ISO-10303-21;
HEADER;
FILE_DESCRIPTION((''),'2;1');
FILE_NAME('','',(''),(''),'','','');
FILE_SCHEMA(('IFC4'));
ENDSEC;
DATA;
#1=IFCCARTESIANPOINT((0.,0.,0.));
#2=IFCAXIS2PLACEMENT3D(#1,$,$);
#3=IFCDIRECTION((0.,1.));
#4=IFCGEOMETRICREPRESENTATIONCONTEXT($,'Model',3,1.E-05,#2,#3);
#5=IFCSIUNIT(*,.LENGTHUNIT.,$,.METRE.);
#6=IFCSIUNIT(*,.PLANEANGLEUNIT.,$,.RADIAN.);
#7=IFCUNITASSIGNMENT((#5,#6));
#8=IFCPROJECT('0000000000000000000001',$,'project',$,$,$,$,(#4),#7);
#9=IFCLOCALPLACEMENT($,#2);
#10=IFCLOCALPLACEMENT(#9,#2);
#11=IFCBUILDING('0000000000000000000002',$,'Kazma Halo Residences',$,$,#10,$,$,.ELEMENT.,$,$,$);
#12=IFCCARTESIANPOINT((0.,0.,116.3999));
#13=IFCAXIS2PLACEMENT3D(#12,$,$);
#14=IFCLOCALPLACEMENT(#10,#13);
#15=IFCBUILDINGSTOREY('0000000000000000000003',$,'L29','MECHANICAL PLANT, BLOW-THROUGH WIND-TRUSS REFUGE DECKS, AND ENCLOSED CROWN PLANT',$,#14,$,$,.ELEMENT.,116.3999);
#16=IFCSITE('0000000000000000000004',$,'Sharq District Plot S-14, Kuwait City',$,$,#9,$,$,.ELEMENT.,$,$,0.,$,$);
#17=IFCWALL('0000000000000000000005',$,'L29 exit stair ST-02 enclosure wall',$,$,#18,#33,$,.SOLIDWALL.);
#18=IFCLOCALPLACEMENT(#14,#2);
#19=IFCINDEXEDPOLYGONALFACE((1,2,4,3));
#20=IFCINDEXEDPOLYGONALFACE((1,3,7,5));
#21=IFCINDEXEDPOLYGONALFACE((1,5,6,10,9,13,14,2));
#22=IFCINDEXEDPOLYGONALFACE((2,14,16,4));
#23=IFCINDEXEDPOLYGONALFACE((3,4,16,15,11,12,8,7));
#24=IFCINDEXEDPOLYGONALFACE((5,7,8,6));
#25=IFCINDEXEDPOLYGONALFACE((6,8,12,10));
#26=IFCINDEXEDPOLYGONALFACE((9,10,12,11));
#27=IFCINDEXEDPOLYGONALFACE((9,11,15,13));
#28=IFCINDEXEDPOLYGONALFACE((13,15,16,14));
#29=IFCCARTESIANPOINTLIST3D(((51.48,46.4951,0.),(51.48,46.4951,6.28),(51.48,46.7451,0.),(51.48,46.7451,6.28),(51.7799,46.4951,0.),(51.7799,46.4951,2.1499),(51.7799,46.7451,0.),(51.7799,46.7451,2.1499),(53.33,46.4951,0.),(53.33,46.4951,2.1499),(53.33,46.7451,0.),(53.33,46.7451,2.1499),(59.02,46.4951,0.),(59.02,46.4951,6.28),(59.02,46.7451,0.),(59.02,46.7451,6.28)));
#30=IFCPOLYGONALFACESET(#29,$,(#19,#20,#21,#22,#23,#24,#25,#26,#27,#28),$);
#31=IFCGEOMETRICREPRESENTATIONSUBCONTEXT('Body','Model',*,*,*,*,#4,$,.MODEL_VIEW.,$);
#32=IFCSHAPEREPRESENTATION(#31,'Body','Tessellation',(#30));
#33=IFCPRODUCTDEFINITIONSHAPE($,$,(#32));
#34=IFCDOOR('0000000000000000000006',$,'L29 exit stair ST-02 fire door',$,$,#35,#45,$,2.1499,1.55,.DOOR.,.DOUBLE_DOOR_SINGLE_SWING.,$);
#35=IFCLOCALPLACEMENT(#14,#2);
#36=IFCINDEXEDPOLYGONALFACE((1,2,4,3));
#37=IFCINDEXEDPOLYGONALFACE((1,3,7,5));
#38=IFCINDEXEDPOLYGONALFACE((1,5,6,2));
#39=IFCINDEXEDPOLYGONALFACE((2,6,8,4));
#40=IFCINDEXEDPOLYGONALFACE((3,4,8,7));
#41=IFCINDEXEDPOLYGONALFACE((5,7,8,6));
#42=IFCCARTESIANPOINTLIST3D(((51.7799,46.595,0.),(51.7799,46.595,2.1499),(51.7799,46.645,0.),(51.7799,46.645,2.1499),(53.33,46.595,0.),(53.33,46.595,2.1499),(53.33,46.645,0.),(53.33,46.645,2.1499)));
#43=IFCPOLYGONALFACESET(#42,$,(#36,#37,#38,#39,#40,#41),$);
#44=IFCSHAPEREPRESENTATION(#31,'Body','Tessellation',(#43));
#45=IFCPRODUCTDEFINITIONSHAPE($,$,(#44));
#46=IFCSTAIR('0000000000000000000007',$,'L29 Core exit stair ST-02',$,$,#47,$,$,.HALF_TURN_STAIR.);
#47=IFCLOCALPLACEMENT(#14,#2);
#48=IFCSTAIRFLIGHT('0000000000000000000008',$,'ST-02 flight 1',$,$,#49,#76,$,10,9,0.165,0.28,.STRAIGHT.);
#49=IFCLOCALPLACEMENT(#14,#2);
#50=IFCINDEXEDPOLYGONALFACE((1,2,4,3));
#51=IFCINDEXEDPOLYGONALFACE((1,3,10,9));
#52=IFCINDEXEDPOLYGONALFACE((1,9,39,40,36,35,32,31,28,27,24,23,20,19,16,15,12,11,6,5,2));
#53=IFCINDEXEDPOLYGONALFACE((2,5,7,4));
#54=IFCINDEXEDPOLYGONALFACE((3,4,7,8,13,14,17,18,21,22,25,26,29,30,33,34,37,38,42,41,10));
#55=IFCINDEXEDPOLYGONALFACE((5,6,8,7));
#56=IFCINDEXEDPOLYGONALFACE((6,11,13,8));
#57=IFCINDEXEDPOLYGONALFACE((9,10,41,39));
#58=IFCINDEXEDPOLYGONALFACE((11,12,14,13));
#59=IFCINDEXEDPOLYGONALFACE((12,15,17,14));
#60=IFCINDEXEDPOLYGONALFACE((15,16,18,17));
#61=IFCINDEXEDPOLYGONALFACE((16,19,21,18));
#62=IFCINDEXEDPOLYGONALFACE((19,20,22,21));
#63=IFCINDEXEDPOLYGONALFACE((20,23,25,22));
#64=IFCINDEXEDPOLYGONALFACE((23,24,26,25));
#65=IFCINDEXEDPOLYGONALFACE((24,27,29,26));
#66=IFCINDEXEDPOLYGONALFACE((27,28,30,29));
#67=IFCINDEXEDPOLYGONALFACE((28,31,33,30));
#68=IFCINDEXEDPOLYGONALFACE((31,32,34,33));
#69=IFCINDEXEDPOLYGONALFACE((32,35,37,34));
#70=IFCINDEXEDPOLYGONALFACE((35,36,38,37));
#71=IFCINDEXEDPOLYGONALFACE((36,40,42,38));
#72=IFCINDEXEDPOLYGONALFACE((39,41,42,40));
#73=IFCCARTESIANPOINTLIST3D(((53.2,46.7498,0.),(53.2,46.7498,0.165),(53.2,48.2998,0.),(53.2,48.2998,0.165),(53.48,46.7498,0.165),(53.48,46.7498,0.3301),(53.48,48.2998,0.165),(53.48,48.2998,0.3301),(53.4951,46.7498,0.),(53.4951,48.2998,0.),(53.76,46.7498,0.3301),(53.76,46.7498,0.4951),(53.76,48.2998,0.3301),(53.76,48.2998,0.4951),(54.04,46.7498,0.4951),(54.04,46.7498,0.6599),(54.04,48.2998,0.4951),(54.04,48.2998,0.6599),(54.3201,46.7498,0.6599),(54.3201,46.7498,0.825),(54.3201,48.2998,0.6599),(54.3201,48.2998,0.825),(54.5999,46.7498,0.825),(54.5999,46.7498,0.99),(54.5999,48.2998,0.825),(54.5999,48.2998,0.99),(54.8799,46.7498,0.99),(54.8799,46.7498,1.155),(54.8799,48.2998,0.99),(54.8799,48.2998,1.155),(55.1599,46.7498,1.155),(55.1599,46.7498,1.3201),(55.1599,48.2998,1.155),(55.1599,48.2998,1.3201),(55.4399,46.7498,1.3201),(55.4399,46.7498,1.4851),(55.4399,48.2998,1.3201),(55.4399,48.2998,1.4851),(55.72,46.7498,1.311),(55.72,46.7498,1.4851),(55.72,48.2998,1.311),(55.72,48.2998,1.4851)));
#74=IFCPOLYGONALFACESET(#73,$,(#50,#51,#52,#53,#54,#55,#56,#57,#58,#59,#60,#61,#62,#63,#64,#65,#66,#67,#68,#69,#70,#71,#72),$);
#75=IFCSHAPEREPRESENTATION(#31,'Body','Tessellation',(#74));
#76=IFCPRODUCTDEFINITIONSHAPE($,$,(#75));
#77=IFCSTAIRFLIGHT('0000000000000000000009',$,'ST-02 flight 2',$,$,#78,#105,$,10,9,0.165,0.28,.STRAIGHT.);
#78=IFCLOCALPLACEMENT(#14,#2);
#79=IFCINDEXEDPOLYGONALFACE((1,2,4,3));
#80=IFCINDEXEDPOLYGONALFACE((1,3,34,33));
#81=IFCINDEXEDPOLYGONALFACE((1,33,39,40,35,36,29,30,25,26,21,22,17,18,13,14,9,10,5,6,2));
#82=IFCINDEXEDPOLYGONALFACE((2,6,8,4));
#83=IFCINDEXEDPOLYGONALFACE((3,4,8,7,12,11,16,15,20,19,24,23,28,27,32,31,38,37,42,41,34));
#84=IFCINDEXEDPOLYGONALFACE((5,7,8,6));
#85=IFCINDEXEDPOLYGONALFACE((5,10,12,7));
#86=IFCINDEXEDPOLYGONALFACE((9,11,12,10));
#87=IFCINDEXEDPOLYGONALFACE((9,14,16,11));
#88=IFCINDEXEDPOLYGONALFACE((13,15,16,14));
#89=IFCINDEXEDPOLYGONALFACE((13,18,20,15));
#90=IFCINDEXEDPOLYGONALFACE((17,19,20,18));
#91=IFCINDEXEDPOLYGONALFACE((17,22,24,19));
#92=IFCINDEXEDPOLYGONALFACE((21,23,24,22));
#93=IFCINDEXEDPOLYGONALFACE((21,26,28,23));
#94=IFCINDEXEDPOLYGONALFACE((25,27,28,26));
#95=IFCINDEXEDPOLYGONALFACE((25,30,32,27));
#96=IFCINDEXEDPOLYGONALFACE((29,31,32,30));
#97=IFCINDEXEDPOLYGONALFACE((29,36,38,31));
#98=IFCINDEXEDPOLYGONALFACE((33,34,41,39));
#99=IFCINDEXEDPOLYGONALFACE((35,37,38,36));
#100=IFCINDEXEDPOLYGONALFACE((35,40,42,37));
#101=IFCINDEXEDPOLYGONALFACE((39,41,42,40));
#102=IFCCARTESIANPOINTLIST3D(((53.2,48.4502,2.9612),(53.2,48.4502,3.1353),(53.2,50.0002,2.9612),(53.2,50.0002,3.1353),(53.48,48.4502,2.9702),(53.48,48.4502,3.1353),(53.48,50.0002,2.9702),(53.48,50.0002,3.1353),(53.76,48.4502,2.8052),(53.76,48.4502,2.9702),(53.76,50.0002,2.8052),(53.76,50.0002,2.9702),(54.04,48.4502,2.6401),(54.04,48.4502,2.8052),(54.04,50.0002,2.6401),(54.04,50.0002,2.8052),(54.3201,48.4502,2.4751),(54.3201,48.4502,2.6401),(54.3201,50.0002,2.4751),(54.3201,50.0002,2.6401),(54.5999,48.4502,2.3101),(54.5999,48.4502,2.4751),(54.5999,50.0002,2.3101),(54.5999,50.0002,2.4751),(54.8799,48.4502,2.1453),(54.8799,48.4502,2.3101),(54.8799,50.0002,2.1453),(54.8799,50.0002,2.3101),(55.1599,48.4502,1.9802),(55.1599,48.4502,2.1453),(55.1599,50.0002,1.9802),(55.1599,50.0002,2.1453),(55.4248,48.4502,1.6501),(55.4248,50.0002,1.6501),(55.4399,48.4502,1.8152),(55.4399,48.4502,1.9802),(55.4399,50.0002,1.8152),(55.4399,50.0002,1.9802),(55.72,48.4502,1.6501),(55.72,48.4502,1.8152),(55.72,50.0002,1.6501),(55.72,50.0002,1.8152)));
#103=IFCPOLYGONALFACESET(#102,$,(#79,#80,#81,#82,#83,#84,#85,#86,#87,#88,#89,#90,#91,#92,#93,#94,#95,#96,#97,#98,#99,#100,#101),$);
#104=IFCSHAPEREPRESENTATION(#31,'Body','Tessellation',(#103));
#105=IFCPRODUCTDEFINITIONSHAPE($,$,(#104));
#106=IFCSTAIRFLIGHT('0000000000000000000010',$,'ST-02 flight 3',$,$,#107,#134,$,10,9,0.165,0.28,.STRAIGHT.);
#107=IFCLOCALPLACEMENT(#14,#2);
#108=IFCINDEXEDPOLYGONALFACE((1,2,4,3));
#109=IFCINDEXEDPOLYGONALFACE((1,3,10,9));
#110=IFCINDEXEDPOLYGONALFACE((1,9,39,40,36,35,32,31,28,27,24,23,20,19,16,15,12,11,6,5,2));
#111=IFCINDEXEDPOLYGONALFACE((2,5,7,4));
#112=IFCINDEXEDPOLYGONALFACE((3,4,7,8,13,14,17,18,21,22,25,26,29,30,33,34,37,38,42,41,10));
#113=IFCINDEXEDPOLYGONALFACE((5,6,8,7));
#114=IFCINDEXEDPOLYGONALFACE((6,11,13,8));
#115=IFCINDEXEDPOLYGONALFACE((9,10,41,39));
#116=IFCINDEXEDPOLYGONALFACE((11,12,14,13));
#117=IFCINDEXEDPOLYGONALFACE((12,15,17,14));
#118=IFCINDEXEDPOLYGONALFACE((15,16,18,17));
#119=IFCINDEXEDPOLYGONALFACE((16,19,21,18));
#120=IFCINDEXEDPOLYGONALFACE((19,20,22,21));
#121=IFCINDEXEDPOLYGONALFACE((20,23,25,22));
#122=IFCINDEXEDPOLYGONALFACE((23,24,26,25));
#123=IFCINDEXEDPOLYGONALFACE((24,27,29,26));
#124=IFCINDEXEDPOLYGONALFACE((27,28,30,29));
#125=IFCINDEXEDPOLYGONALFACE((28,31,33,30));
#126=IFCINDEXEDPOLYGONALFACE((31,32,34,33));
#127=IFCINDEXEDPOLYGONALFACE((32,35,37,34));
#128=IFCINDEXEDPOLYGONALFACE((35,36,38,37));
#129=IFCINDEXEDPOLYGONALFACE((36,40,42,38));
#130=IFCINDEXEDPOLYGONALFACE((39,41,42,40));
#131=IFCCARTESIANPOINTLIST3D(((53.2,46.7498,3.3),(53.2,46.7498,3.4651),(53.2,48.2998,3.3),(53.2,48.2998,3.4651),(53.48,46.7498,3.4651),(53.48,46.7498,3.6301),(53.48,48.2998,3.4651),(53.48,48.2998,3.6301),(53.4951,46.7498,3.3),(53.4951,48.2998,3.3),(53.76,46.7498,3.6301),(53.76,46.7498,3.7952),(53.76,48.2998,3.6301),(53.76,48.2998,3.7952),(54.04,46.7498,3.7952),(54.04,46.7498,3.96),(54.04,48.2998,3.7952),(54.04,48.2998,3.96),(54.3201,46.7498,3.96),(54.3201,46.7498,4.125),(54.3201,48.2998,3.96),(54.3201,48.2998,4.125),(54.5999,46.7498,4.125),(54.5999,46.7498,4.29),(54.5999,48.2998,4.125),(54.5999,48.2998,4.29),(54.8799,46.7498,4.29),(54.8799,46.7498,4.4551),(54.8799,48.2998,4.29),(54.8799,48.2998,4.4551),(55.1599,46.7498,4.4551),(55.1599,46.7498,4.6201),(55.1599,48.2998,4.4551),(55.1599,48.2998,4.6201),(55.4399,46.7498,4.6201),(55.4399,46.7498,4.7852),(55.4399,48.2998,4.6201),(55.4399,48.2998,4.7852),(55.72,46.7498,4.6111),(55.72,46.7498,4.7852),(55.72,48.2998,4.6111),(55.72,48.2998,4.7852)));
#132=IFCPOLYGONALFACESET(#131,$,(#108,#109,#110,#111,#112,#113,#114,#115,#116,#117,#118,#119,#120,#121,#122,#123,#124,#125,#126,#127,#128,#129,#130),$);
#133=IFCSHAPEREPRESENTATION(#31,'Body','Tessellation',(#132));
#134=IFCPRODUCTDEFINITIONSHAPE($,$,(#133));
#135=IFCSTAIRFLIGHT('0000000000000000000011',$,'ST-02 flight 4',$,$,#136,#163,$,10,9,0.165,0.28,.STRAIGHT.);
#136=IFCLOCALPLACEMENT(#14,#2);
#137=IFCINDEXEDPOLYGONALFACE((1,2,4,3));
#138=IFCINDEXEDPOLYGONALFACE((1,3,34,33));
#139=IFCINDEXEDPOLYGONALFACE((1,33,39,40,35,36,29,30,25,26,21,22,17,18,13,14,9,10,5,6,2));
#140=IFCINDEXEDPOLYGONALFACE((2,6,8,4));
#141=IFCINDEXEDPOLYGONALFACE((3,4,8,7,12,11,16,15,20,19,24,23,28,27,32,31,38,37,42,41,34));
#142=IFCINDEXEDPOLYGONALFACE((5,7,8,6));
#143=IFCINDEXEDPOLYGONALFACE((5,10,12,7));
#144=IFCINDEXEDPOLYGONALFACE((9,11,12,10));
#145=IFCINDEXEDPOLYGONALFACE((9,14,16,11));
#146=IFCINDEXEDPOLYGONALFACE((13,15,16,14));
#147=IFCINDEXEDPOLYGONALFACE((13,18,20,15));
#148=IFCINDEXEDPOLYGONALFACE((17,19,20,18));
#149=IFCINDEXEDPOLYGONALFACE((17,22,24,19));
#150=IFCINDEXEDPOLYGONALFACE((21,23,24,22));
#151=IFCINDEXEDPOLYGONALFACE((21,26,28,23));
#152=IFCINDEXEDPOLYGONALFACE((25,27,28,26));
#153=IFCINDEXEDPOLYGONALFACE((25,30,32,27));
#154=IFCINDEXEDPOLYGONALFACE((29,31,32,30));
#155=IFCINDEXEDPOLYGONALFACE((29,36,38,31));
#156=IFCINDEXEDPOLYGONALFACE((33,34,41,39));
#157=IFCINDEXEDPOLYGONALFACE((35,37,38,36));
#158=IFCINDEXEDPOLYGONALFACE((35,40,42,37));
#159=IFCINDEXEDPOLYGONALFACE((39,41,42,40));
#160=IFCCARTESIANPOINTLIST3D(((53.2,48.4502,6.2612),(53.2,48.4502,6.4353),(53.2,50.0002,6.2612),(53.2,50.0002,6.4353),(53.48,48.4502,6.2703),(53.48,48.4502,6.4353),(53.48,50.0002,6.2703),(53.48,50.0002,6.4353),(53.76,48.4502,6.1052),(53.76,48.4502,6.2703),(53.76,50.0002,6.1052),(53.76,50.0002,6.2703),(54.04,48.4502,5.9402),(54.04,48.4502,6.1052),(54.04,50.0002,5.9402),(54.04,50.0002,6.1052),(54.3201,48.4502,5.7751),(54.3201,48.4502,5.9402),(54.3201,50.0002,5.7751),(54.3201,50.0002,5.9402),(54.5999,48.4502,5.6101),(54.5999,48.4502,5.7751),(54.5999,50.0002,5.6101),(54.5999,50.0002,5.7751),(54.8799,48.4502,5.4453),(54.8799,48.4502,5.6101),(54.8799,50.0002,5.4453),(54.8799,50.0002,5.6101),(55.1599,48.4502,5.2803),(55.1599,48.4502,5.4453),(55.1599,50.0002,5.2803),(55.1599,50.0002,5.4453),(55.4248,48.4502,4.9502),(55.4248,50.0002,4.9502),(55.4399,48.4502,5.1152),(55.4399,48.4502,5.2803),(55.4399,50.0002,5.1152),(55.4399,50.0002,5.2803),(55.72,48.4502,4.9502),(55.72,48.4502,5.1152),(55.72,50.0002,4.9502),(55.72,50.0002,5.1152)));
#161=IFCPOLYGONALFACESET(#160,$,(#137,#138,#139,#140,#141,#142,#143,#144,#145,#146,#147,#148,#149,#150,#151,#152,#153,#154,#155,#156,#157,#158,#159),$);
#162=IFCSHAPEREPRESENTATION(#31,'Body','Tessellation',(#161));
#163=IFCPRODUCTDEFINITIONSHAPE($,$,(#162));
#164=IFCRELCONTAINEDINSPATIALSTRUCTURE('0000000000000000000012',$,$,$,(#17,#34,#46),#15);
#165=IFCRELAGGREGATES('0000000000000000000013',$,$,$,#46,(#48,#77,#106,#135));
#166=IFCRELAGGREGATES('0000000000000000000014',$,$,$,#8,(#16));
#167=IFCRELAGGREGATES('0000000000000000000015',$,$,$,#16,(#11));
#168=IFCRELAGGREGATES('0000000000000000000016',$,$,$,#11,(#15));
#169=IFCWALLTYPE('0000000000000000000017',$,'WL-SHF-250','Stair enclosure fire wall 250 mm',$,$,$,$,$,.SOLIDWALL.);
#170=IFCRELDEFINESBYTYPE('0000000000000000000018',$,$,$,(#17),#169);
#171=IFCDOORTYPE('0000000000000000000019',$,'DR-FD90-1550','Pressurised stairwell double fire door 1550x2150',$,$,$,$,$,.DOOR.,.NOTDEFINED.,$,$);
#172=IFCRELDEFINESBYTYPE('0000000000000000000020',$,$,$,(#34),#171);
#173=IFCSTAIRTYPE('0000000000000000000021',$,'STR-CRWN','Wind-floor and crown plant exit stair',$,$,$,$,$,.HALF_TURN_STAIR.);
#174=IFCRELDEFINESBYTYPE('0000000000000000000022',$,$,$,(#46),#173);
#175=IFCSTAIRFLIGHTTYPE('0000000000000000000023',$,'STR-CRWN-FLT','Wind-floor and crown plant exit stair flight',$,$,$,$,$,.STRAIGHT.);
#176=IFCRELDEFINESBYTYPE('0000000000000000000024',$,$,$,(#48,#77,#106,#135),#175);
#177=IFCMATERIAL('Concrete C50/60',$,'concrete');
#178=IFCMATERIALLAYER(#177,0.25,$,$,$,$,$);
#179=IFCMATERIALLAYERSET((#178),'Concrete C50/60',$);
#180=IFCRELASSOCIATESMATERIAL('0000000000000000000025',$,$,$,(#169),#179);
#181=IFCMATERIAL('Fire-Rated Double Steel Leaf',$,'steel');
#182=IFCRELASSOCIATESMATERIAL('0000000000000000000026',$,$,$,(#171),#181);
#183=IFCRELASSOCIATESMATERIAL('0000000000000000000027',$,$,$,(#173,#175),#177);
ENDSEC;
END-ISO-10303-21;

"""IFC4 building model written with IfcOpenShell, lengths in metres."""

from ifc_helpers import new_model, si_unit, direction, frame, frame_2d, origin, place, context, subcontext, project, spatial, polyline, rectangle, outline, extrude, material, layer, layer_set, type_object, element, fill, aggregate, save


model = new_model("IFC4")

# Units and contexts
model_context = context("Model", 3, precision=1e-05, world=origin(), true_north=direction((0.0, 1.0)))
body_context = subcontext(model_context, "Body", "Model", "MODEL_VIEW")
ifc_project = project(units=[si_unit("LENGTHUNIT", "METRE"), si_unit("PLANEANGLEUNIT", "RADIAN")], contexts=[model_context])

# Site, building, storey
site_placement = place(None, origin())
site = spatial("IfcSite", under=ifc_project, at=site_placement, Name="Sharq District Plot S-14, Kuwait City", CompositionType="ELEMENT", RefElevation=0.0)
building_placement = place(site_placement, origin())
building = spatial("IfcBuilding", under=site, at=building_placement, Name="Kazma Halo Residences", CompositionType="ELEMENT")
storey_placement = place(building_placement, frame((0.0, 0.0, 116.3999)))
storey = spatial("IfcBuildingStorey", under=building, at=storey_placement, Name="L29", Description="MECHANICAL PLANT, BLOW-THROUGH WIND-TRUSS REFUGE DECKS, AND ENCLOSED CROWN PLANT", CompositionType="ELEMENT", Elevation=116.3999)

# Wall, opening, door
ifc_material_1 = material(Name="Concrete C50/60", Category="concrete")
ifc_layer_1 = layer(ifc_material_1, 0.25)
ifc_layer_set_1 = layer_set([ifc_layer_1], Name="Concrete C50/60")
wall_type_1 = type_object("IfcWallType", Name="WL-SHF-250", Description="Stair enclosure fire wall 250 mm", PredefinedType="SOLIDWALL", material=ifc_layer_set_1)
wall_1_placement = place(storey_placement, frame((51.48, 46.6201, 0.0), z_axis=(0.0, 0.0, 1.0), x_axis=(1.0, 0.0, 0.0)))
wall_1 = element("IfcWall", 1, at=wall_1_placement, inside=storey, type_object=wall_type_1, Name="L29 exit stair ST-02 enclosure wall", PredefinedType="SOLIDWALL", context=body_context, shape_type="SweptSolid", body=[
    extrude(rectangle(XDim=7.54, YDim=0.25, at=frame_2d((3.77, 0.0))), origin(), (0.0, 0.0, 1.0), 6.28),
])
opening_1_placement = place(wall_1_placement, frame((0.3, 0.0, 0.0)))
opening_1 = element("IfcOpeningElement", 2, at=opening_1_placement, cuts=wall_1, PredefinedType="OPENING", context=body_context, shape_type="SweptSolid", body=[
    extrude(rectangle(XDim=1.55, YDim=2.1499, at=frame_2d((0.7749, 1.075))), frame((0.0, 0.135, 0.0), z_axis=(0.0, -1.0, 0.0), x_axis=(1.0, 0.0, 0.0)), (0.0, 0.0, 1.0), 0.27),
])
ifc_material_2 = material(Name="Fire-Rated Double Steel Leaf", Category="steel")
door_type_1 = type_object("IfcDoorType", Name="DR-FD90-1550", Description="Pressurised stairwell double fire door 1550x2150", OperationType="NOTDEFINED", PredefinedType="DOOR", material=ifc_material_2)
door_1_placement = place(opening_1_placement, origin())
door_1 = element("IfcDoor", 3, at=door_1_placement, inside=storey, type_object=door_type_1, Name="L29 exit stair ST-02 fire door", OperationType="DOUBLE_DOOR_SINGLE_SWING", OverallHeight=2.1499, OverallWidth=1.55, PredefinedType="DOOR", context=body_context, shape_type="SweptSolid", body=[
    extrude(rectangle(XDim=1.55, YDim=2.1499, at=frame_2d((0.7749, 1.075))), frame((0.0, 0.0249, 0.0), z_axis=(0.0, -1.0, 0.0), x_axis=(1.0, 0.0, 0.0)), (0.0, 0.0, 1.0), 0.05),
])
fill(opening_1, door_1)

# Stair, stair flights
stair_type = type_object("IfcStairType", Name="STR-CRWN", Description="Wind-floor and crown plant exit stair", PredefinedType="HALF_TURN_STAIR", material=ifc_material_1)
stair_placement = place(storey_placement, origin())
stair = element("IfcStair", 4, at=stair_placement, inside=storey, type_object=stair_type, Name="L29 Core exit stair ST-02", PredefinedType="HALF_TURN_STAIR")
stair_flight_type = type_object("IfcStairFlightType", Name="STR-CRWN-FLT", Description="Wind-floor and crown plant exit stair flight", PredefinedType="STRAIGHT", material=ifc_material_1)
stair_flight_1_placement = place(storey_placement, frame((53.2, 47.5249, 0.0), z_axis=(0.0, 0.0, 1.0), x_axis=(1.0, 0.0, 0.0)))
stair_flight_1 = element("IfcStairFlight", 5, at=stair_flight_1_placement, type_object=stair_flight_type, Name="ST-02 flight 1", NumberOfRisers=10, NumberOfTreads=9, PredefinedType="STRAIGHT", RiserHeight=0.165, TreadLength=0.28, context=body_context, shape_type="SweptSolid", body=[
    extrude(outline(polyline([(0.0, 0.0), (0.0, 0.165), (0.28, 0.165), (0.28, 0.3301), (0.5601, 0.3301), (0.5601, 0.4951), (0.8401, 0.4951), (0.8401, 0.6599), (1.1201, 0.6599), (1.1201, 0.825), (1.3999, 0.825), (1.3999, 0.99), (1.6799, 0.99), (1.6799, 1.155), (1.96, 1.155), (1.96, 1.3201), (2.24, 1.3201), (2.24, 1.4851), (2.52, 1.4851), (2.52, 1.6499), (2.52, 1.311), (0.2952, 0.0), (0.0, 0.0)])), frame((0.0, 0.7749, 0.0), z_axis=(0.0, -1.0, 0.0), x_axis=(1.0, 0.0, 0.0)), (0.0, 0.0, 1.0), 1.55),
])
stair_flight_2_placement = place(storey_placement, frame((55.72, 49.2251, 1.6501), z_axis=(0.0, 0.0, 1.0), x_axis=(-1.0, 0.0, 0.0)))
stair_flight_2 = element("IfcStairFlight", 6, at=stair_flight_2_placement, type_object=stair_flight_type, Name="ST-02 flight 2", NumberOfRisers=10, NumberOfTreads=9, PredefinedType="STRAIGHT", RiserHeight=0.165, TreadLength=0.28, context=body_context, shape_type="SweptSolid", body=[
    extrude(outline(polyline([(0.0, 0.0), (0.0, 0.165), (0.28, 0.165), (0.28, 0.3301), (0.5601, 0.3301), (0.5601, 0.4951), (0.8401, 0.4951), (0.8401, 0.6599), (1.1201, 0.6599), (1.1201, 0.825), (1.3999, 0.825), (1.3999, 0.99), (1.6799, 0.99), (1.6799, 1.155), (1.96, 1.155), (1.96, 1.3201), (2.24, 1.3201), (2.24, 1.4851), (2.52, 1.4851), (2.52, 1.6499), (2.52, 1.311), (0.2952, 0.0), (0.0, 0.0)])), frame((0.0, 0.7749, 0.0), z_axis=(0.0, -1.0, 0.0), x_axis=(1.0, 0.0, 0.0)), (0.0, 0.0, 1.0), 1.55),
])
stair_flight_3_placement = place(storey_placement, frame((53.2, 47.5249, 3.3), z_axis=(0.0, 0.0, 1.0), x_axis=(1.0, 0.0, 0.0)))
stair_flight_3 = element("IfcStairFlight", 7, at=stair_flight_3_placement, type_object=stair_flight_type, Name="ST-02 flight 3", NumberOfRisers=10, NumberOfTreads=9, PredefinedType="STRAIGHT", RiserHeight=0.165, TreadLength=0.28, context=body_context, shape_type="SweptSolid", body=[
    extrude(outline(polyline([(0.0, 0.0), (0.0, 0.165), (0.28, 0.165), (0.28, 0.3301), (0.5601, 0.3301), (0.5601, 0.4951), (0.8401, 0.4951), (0.8401, 0.6599), (1.1201, 0.6599), (1.1201, 0.825), (1.3999, 0.825), (1.3999, 0.99), (1.6799, 0.99), (1.6799, 1.155), (1.96, 1.155), (1.96, 1.3201), (2.24, 1.3201), (2.24, 1.4851), (2.52, 1.4851), (2.52, 1.6499), (2.52, 1.311), (0.2952, 0.0), (0.0, 0.0)])), frame((0.0, 0.7749, 0.0), z_axis=(0.0, -1.0, 0.0), x_axis=(1.0, 0.0, 0.0)), (0.0, 0.0, 1.0), 1.55),
])
stair_flight_4_placement = place(storey_placement, frame((55.72, 49.2251, 4.9502), z_axis=(0.0, 0.0, 1.0), x_axis=(-1.0, 0.0, 0.0)))
stair_flight_4 = element("IfcStairFlight", 8, at=stair_flight_4_placement, type_object=stair_flight_type, Name="ST-02 flight 4", NumberOfRisers=10, NumberOfTreads=9, PredefinedType="STRAIGHT", RiserHeight=0.165, TreadLength=0.28, context=body_context, shape_type="SweptSolid", body=[
    extrude(outline(polyline([(0.0, 0.0), (0.0, 0.165), (0.28, 0.165), (0.28, 0.3301), (0.5601, 0.3301), (0.5601, 0.4951), (0.8401, 0.4951), (0.8401, 0.6599), (1.1201, 0.6599), (1.1201, 0.825), (1.3999, 0.825), (1.3999, 0.99), (1.6799, 0.99), (1.6799, 1.155), (1.96, 1.155), (1.96, 1.3201), (2.24, 1.3201), (2.24, 1.4851), (2.52, 1.4851), (2.52, 1.6499), (2.52, 1.311), (0.2952, 0.0), (0.0, 0.0)])), frame((0.0, 0.7749, 0.0), z_axis=(0.0, -1.0, 0.0), x_axis=(1.0, 0.0, 0.0)), (0.0, 0.0, 1.0), 1.55),
])
aggregate(stair, [stair_flight_1, stair_flight_2, stair_flight_3, stair_flight_4])

save(model, "model.ifc")
